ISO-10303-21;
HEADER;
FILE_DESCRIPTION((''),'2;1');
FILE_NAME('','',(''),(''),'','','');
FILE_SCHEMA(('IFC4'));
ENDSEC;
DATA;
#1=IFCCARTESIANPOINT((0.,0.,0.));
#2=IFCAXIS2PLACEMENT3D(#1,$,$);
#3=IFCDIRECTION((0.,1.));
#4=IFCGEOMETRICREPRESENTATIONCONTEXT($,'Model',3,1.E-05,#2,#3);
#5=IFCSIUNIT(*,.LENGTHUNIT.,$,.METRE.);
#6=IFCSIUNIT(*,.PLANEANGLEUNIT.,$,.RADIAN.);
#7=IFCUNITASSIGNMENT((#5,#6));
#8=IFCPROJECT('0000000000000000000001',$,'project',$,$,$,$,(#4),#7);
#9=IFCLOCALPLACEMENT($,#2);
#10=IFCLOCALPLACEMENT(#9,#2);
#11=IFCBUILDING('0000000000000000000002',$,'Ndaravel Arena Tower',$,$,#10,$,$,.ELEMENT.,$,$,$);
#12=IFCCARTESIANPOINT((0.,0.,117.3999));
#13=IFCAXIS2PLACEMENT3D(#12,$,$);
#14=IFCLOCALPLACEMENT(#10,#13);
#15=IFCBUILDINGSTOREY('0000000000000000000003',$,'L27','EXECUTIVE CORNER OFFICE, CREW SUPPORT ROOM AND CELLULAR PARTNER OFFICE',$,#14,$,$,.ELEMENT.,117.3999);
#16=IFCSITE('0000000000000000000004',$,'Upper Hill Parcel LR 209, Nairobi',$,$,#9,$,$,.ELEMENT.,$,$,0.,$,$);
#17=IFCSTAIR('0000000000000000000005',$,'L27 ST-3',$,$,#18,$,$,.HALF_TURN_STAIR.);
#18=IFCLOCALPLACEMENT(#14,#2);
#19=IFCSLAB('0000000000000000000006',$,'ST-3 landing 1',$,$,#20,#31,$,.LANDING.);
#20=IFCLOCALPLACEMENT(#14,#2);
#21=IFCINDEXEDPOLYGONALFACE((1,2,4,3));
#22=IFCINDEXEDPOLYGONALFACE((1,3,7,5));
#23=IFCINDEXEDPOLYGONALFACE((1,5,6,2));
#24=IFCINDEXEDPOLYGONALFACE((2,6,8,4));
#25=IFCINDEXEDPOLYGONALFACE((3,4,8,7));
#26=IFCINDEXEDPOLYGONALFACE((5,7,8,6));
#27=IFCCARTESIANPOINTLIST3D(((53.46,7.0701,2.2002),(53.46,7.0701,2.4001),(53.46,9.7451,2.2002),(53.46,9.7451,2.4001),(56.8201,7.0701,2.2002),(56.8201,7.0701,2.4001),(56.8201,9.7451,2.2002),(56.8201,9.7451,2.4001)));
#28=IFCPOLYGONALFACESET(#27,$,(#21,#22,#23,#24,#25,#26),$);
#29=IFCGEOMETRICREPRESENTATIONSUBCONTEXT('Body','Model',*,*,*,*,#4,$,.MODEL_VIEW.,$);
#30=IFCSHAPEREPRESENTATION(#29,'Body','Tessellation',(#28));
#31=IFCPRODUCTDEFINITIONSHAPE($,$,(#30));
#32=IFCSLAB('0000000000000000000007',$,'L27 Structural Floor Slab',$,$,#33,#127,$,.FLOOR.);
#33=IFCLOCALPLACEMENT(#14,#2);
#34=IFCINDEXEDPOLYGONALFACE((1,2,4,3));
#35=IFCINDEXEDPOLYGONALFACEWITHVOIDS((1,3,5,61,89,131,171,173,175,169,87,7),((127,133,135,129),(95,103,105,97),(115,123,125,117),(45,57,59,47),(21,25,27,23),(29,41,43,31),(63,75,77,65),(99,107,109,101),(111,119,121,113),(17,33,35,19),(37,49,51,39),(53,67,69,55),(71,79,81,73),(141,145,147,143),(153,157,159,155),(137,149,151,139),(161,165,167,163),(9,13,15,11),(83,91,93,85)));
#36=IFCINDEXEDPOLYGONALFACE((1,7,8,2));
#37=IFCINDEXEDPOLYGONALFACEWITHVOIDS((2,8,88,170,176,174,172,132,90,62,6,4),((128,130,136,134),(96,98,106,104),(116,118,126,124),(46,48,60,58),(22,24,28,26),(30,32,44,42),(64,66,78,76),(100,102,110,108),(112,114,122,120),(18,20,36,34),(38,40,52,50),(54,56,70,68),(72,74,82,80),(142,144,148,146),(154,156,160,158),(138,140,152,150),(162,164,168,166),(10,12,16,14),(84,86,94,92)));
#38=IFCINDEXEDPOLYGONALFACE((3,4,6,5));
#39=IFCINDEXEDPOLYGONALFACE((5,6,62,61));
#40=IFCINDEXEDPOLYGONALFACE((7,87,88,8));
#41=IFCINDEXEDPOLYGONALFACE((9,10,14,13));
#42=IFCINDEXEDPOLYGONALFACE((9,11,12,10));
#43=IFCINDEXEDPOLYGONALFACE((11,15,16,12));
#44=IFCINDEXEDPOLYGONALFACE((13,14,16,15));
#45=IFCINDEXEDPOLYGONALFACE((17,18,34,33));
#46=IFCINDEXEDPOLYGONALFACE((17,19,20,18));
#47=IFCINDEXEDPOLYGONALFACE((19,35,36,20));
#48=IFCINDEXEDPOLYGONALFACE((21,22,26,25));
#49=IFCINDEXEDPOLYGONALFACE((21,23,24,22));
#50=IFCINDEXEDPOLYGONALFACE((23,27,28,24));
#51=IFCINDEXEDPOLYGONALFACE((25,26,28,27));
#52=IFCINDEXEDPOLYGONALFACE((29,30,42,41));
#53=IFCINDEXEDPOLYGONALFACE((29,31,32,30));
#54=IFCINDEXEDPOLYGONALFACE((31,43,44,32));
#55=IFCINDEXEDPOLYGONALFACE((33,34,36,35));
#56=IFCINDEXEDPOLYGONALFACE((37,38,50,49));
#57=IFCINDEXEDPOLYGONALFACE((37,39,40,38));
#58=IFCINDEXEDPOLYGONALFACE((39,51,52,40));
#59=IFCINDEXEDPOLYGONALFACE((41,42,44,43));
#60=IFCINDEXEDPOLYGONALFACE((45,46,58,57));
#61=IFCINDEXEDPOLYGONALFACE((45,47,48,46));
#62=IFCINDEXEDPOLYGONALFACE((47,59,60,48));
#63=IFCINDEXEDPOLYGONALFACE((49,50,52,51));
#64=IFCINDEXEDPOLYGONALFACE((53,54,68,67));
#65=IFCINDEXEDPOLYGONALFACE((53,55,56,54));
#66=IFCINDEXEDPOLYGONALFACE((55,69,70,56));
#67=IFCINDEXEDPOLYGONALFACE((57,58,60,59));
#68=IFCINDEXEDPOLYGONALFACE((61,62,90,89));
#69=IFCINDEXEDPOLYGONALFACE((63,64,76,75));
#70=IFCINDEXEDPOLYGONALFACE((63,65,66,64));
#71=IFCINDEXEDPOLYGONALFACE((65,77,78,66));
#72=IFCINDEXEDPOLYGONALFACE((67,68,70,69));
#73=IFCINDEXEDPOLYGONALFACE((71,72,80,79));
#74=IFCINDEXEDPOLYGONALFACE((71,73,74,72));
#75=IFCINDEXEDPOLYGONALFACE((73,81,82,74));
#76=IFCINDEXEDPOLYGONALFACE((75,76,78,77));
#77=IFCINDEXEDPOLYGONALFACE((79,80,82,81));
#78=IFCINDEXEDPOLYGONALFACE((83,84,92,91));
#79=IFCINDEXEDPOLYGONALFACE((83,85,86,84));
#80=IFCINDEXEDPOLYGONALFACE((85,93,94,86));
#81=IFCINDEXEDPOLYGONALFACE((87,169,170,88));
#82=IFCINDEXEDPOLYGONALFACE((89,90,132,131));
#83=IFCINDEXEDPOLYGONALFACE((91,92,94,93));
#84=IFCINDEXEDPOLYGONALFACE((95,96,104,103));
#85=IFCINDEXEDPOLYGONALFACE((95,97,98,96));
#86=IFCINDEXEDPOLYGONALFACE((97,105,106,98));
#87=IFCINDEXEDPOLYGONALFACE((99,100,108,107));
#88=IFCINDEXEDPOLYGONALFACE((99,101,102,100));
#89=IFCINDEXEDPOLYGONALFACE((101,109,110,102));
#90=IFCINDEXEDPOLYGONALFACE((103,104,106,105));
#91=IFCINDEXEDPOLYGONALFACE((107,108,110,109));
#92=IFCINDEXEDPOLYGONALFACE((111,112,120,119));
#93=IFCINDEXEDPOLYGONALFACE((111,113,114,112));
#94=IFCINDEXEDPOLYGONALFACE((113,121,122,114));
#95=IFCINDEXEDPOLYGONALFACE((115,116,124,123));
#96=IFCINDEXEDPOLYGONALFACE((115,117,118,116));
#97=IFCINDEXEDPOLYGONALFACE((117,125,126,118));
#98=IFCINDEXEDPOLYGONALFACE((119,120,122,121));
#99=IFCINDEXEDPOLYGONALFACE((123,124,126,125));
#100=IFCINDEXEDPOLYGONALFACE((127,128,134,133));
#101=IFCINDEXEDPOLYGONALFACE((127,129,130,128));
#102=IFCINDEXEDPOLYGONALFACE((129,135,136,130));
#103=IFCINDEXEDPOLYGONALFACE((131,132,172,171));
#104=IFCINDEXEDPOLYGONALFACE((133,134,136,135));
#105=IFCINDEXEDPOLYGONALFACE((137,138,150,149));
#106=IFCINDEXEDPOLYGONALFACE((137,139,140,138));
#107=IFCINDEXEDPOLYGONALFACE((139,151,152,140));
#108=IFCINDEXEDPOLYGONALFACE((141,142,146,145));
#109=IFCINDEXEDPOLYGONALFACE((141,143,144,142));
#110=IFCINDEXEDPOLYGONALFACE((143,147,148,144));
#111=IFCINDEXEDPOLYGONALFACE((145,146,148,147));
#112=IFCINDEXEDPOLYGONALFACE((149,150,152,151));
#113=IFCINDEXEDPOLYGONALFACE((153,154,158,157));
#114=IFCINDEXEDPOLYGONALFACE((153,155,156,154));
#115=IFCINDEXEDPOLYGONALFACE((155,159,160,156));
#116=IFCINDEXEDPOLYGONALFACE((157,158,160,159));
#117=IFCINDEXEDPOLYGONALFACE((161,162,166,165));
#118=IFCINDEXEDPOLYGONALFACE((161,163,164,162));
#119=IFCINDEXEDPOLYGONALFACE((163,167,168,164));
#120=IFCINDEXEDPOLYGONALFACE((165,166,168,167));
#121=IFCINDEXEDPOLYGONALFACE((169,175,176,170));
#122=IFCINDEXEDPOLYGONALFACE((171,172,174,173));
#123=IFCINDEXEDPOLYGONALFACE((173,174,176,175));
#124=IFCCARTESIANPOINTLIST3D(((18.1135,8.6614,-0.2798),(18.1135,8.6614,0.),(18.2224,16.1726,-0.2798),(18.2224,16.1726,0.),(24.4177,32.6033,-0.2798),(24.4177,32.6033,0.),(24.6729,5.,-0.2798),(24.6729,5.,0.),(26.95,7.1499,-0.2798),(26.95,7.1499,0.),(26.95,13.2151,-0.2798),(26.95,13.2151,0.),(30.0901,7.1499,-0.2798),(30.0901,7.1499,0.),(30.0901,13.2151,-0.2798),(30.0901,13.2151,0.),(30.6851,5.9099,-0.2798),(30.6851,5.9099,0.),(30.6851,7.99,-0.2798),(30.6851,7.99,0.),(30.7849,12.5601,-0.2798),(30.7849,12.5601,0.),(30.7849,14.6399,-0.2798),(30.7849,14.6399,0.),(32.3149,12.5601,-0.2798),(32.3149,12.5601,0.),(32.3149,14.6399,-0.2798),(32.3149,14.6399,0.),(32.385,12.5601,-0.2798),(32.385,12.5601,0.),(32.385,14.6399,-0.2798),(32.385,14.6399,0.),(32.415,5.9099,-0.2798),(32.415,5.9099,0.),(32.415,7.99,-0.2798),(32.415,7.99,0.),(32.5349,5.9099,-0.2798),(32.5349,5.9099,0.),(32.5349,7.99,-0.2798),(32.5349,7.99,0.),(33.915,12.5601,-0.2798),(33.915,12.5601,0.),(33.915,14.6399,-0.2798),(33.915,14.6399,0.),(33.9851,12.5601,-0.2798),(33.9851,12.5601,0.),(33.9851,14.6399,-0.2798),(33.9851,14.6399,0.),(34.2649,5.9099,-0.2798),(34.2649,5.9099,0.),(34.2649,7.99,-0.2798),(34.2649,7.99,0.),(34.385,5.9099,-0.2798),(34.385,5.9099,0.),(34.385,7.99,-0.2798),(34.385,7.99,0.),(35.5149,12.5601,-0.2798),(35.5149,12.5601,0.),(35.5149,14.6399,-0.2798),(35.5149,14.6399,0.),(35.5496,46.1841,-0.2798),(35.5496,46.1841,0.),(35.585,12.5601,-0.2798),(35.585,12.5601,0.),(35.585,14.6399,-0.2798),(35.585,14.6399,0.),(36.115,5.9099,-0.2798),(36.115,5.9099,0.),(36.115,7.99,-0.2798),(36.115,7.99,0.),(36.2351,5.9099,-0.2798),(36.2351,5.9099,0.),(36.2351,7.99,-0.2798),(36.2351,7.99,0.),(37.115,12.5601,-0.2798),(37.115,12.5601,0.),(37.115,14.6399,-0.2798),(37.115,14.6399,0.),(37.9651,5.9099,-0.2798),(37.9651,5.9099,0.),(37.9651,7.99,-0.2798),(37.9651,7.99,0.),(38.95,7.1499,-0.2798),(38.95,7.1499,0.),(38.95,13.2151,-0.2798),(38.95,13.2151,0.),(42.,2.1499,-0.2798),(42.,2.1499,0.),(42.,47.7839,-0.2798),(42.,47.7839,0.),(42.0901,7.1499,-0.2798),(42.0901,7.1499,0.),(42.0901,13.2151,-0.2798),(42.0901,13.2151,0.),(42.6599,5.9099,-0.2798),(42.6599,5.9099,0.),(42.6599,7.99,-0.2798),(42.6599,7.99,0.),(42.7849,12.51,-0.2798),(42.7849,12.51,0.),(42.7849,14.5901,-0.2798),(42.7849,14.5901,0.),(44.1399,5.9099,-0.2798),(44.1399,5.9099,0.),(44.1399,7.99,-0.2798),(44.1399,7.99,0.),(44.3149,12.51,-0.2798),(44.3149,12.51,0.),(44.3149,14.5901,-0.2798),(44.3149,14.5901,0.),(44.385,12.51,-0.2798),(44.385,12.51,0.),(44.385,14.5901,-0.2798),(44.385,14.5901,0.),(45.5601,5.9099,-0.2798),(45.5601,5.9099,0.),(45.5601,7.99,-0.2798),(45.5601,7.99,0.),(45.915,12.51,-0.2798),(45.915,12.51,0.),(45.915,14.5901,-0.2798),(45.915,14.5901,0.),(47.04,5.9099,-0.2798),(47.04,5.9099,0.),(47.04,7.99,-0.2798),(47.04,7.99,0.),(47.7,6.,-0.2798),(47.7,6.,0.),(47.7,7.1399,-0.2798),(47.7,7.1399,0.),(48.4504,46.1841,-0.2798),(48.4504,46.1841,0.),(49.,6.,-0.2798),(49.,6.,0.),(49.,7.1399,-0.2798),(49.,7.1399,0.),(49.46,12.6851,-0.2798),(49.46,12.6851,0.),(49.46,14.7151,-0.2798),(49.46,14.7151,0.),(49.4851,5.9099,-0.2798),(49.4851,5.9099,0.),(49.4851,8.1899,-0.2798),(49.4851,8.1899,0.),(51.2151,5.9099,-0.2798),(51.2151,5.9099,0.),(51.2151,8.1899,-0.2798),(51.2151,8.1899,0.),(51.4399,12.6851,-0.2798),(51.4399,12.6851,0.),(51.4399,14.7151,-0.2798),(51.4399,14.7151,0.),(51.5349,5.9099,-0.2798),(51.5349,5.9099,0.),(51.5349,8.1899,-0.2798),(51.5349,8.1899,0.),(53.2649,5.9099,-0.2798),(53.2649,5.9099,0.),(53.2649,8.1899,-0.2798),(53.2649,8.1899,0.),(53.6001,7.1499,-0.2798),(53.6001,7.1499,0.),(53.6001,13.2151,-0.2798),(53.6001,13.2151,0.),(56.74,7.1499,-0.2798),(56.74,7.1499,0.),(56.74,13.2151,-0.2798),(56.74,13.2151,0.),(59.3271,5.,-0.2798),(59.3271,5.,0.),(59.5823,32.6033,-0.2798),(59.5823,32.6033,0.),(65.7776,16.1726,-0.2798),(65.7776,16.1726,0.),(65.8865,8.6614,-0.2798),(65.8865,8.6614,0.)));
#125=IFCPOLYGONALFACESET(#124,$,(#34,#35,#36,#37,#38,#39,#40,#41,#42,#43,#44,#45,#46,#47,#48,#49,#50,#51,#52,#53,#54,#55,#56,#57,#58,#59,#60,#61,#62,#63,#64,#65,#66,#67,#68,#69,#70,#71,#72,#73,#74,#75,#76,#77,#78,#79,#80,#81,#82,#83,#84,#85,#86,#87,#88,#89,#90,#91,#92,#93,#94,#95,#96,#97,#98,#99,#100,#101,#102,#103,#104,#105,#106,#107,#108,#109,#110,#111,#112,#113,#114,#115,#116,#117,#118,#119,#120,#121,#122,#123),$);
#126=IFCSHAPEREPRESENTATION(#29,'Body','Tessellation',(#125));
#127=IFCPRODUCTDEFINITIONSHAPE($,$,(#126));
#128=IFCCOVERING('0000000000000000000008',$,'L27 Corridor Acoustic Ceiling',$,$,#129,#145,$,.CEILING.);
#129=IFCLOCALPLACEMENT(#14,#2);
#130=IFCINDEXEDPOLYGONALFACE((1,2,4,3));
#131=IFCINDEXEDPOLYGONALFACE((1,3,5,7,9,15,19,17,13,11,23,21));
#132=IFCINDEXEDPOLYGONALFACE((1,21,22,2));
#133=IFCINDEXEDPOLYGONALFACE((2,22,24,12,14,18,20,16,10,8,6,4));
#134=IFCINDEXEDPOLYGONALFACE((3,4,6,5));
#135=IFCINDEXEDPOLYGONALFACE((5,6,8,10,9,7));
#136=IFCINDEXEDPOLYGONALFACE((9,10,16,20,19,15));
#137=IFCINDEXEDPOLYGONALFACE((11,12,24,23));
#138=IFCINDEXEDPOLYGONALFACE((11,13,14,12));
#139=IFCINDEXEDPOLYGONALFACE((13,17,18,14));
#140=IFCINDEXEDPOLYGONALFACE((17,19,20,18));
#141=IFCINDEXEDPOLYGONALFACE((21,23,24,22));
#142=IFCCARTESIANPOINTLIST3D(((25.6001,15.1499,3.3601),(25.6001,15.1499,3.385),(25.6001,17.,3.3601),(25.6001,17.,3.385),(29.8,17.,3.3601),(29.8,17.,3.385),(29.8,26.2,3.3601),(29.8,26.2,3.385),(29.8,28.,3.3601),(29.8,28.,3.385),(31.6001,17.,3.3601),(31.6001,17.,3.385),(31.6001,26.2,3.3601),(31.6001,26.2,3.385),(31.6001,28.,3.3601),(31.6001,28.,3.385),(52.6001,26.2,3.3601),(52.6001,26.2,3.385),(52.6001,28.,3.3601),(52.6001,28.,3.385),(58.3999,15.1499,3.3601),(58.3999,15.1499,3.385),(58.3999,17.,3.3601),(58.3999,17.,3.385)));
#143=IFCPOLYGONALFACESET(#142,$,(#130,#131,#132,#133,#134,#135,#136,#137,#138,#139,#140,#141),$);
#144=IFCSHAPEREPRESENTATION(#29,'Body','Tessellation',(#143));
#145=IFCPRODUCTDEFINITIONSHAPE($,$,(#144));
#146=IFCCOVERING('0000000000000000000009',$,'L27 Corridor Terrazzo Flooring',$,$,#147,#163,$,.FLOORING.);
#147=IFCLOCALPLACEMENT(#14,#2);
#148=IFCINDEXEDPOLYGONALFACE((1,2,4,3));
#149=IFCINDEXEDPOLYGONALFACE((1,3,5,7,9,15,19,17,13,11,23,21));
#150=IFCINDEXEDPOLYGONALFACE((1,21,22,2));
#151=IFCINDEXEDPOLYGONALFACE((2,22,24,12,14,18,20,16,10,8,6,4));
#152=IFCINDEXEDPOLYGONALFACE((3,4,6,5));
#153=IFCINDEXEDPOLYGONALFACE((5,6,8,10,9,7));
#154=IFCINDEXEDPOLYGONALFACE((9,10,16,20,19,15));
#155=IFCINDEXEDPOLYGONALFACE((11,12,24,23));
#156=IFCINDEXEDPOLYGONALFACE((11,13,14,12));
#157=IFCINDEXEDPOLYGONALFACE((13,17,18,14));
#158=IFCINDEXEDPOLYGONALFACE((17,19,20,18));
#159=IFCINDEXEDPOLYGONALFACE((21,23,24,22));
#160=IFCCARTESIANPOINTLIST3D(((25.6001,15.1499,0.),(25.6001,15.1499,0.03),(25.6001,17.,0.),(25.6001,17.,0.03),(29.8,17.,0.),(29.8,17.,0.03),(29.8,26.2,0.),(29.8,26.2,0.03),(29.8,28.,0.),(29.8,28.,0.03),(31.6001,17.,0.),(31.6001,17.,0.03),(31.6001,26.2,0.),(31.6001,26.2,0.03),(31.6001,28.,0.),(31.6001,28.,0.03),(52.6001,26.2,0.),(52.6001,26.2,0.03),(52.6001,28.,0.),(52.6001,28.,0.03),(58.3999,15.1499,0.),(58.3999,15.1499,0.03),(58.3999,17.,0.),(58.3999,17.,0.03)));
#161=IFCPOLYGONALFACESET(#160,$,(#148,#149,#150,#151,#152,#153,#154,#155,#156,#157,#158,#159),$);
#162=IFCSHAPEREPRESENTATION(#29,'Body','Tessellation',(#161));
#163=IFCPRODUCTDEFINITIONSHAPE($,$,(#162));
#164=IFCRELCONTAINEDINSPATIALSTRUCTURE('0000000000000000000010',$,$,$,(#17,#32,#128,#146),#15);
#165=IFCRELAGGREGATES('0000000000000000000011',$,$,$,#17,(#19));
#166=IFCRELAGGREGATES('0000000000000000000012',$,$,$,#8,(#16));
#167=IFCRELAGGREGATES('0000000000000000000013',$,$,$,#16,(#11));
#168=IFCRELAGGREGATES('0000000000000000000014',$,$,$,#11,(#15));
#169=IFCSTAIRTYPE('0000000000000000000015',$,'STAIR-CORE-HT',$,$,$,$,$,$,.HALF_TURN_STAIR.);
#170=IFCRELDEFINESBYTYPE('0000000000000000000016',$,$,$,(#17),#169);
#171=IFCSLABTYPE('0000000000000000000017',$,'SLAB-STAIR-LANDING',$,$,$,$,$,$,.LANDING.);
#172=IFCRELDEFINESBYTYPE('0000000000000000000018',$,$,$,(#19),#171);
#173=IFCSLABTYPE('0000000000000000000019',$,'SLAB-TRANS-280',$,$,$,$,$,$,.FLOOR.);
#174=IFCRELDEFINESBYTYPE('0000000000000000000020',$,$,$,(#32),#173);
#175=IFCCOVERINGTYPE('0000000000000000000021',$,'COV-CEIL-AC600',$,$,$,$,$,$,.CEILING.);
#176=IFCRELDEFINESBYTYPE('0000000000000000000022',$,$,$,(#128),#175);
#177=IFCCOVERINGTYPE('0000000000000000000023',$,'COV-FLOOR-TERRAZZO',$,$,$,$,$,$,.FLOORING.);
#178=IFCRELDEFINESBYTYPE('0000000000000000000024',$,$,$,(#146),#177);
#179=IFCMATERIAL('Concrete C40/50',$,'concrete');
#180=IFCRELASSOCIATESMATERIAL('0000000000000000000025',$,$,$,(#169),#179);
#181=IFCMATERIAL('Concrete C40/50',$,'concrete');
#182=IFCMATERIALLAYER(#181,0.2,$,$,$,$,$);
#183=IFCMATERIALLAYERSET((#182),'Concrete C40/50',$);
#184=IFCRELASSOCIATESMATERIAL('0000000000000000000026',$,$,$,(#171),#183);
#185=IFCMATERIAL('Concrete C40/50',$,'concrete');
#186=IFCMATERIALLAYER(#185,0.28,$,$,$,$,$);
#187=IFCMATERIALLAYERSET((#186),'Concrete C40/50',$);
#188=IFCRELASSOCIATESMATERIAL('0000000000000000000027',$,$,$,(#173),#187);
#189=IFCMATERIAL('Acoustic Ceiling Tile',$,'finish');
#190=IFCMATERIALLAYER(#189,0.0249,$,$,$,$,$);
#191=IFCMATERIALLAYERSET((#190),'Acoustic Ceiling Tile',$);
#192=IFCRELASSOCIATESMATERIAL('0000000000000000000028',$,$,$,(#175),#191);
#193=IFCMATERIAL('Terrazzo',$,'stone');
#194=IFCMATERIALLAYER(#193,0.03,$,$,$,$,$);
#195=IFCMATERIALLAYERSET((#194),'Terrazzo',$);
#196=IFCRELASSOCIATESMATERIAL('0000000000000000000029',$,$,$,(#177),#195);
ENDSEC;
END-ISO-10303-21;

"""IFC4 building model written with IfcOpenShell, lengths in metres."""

from ifc_helpers import new_model, si_unit, direction, frame, origin, place, context, subcontext, project, spatial, polyline, outline, extrude, material, layer, layer_set, type_object, element, aggregate, save


model = new_model("IFC4")

# Units and contexts
model_context = context("Model", 3, precision=1e-05, world=origin(), true_north=direction((0.0, 1.0)))
body_context = subcontext(model_context, "Body", "Model", "MODEL_VIEW")
ifc_project = project(units=[si_unit("LENGTHUNIT", "METRE"), si_unit("PLANEANGLEUNIT", "RADIAN")], contexts=[model_context])

# Site, building, storey
site_placement = place(None, origin())
site = spatial("IfcSite", under=ifc_project, at=site_placement, Name="Upper Hill Parcel LR 209, Nairobi", CompositionType="ELEMENT", RefElevation=0.0)
building_placement = place(site_placement, origin())
building = spatial("IfcBuilding", under=site, at=building_placement, Name="Ndaravel Arena Tower", CompositionType="ELEMENT")
storey_placement = place(building_placement, frame((0.0, 0.0, 117.3999)))
storey = spatial("IfcBuildingStorey", under=building, at=storey_placement, Name="L27", Description="EXECUTIVE CORNER OFFICE, CREW SUPPORT ROOM AND CELLULAR PARTNER OFFICE", CompositionType="ELEMENT", Elevation=117.3999)

# Stair, slab
ifc_material_1 = material(Name="Concrete C40/50", Category="concrete")
stair_type = type_object("IfcStairType", Name="STAIR-CORE-HT", PredefinedType="HALF_TURN_STAIR", material=ifc_material_1)
ifc_material_2 = material(Name="Concrete C40/50", Category="concrete")
ifc_layer_1 = layer(ifc_material_2, 0.2)
ifc_layer_set_1 = layer_set([ifc_layer_1], Name="Concrete C40/50")
slab_type_1 = type_object("IfcSlabType", Name="SLAB-STAIR-LANDING", PredefinedType="LANDING", material=ifc_layer_set_1)
stair_1_placement = place(storey_placement, origin())
stair_1 = element("IfcStair", 1, at=stair_1_placement, inside=storey, type_object=stair_type, Name="L27 ST-3", PredefinedType="HALF_TURN_STAIR")
slab_1_placement = place(storey_placement, frame((0.0, 0.0, 2.2002)))
slab_1 = element("IfcSlab", 2, at=slab_1_placement, type_object=slab_type_1, Name="ST-3 landing 1", PredefinedType="LANDING", context=body_context, shape_type="SweptSolid", body=[
    extrude(outline(polyline([(53.46, 9.7451), (53.46, 7.0701), (56.8201, 7.0701), (56.8201, 9.7451), (53.46, 9.7451)])), origin(), (0.0, 0.0, 1.0), 0.2),
])
aggregate(stair_1, [slab_1])

# Slab
ifc_material_3 = material(Name="Concrete C40/50", Category="concrete")
ifc_layer_2 = layer(ifc_material_3, 0.28)
ifc_layer_set_2 = layer_set([ifc_layer_2], Name="Concrete C40/50")
slab_type_2 = type_object("IfcSlabType", Name="SLAB-TRANS-280", PredefinedType="FLOOR", material=ifc_layer_set_2)
slab_2_placement = place(storey_placement, frame((0.0, 0.0, -0.2798)))
element("IfcSlab", 3, at=slab_2_placement, inside=storey, type_object=slab_type_2, Name="L27 Structural Floor Slab", PredefinedType="FLOOR", context=body_context, shape_type="SweptSolid", body=[
    extrude(outline(polyline([(18.2224, 16.1726), (18.1135, 8.6614), (24.6729, 5.0), (42.0, 2.1499), (59.3271, 5.0), (65.8865, 8.6614), (65.7776, 16.1726), (59.5823, 32.6033), (48.4504, 46.1841), (42.0, 47.7839), (35.5496, 46.1841), (24.4177, 32.6033), (18.2224, 16.1726)]), holes=[polyline([(26.95, 13.2151), (26.95, 7.1499), (30.0901, 7.1499), (30.0901, 13.2151), (26.95, 13.2151)]), polyline([(38.95, 13.2151), (38.95, 7.1499), (42.0901, 7.1499), (42.0901, 13.2151), (38.95, 13.2151)]), polyline([(53.6001, 13.2151), (53.6001, 7.1499), (56.74, 7.1499), (56.74, 13.2151), (53.6001, 13.2151)]), polyline([(30.6851, 5.9099), (32.415, 5.9099), (32.415, 7.99), (30.6851, 7.99), (30.6851, 5.9099)]), polyline([(32.5349, 5.9099), (34.2649, 5.9099), (34.2649, 7.99), (32.5349, 7.99), (32.5349, 5.9099)]), polyline([(34.385, 5.9099), (36.115, 5.9099), (36.115, 7.99), (34.385, 7.99), (34.385, 5.9099)]), polyline([(36.2351, 5.9099), (37.9651, 5.9099), (37.9651, 7.99), (36.2351, 7.99), (36.2351, 5.9099)]), polyline([(30.7849, 12.5601), (32.3149, 12.5601), (32.3149, 14.6399), (30.7849, 14.6399), (30.7849, 12.5601)]), polyline([(32.385, 12.5601), (33.915, 12.5601), (33.915, 14.6399), (32.385, 14.6399), (32.385, 12.5601)]), polyline([(33.9851, 12.5601), (35.5149, 12.5601), (35.5149, 14.6399), (33.9851, 14.6399), (33.9851, 12.5601)]), polyline([(35.585, 12.5601), (37.115, 12.5601), (37.115, 14.6399), (35.585, 14.6399), (35.585, 12.5601)]), polyline([(42.6599, 5.9099), (44.1399, 5.9099), (44.1399, 7.99), (42.6599, 7.99), (42.6599, 5.9099)]), polyline([(45.5601, 5.9099), (47.04, 5.9099), (47.04, 7.99), (45.5601, 7.99), (45.5601, 5.9099)]), polyline([(42.7849, 12.51), (44.3149, 12.51), (44.3149, 14.5901), (42.7849, 14.5901), (42.7849, 12.51)]), polyline([(44.385, 12.51), (45.915, 12.51), (45.915, 14.5901), (44.385, 14.5901), (44.385, 12.51)]), polyline([(49.4851, 5.9099), (51.2151, 5.9099), (51.2151, 8.1899), (49.4851, 8.1899), (49.4851, 5.9099)]), polyline([(51.5349, 5.9099), (53.2649, 5.9099), (53.2649, 8.1899), (51.5349, 8.1899), (51.5349, 5.9099)]), polyline([(49.46, 12.6851), (51.4399, 12.6851), (51.4399, 14.7151), (49.46, 14.7151), (49.46, 12.6851)]), polyline([(47.7, 6.0), (49.0, 6.0), (49.0, 7.1399), (47.7, 7.1399), (47.7, 6.0)])]), origin(), (0.0, 0.0, 1.0), 0.2798),
])

# Coverings
ifc_material_4 = material(Name="Acoustic Ceiling Tile", Category="finish")
ifc_layer_3 = layer(ifc_material_4, 0.0249)
ifc_layer_set_3 = layer_set([ifc_layer_3], Name="Acoustic Ceiling Tile")
covering_type_1 = type_object("IfcCoveringType", Name="COV-CEIL-AC600", PredefinedType="CEILING", material=ifc_layer_set_3)
covering_1_placement = place(storey_placement, frame((0.0, 0.0, 3.3601)))
element("IfcCovering", 4, at=covering_1_placement, inside=storey, type_object=covering_type_1, Name="L27 Corridor Acoustic Ceiling", PredefinedType="CEILING", context=body_context, shape_type="SweptSolid", body=[
    extrude(outline(polyline([(58.3999, 17.0), (31.6001, 17.0), (31.6001, 26.2), (52.6001, 26.2), (52.6001, 28.0), (31.6001, 28.0), (29.8, 28.0), (29.8, 26.2), (29.8, 17.0), (25.6001, 17.0), (25.6001, 15.1499), (58.3999, 15.1499), (58.3999, 17.0)])), origin(), (0.0, 0.0, 1.0), 0.0249),
])
ifc_material_5 = material(Name="Terrazzo", Category="stone")
ifc_layer_4 = layer(ifc_material_5, 0.03)
ifc_layer_set_4 = layer_set([ifc_layer_4], Name="Terrazzo")
covering_type_2 = type_object("IfcCoveringType", Name="COV-FLOOR-TERRAZZO", PredefinedType="FLOORING", material=ifc_layer_set_4)
covering_2_placement = place(storey_placement, origin())
element("IfcCovering", 5, at=covering_2_placement, inside=storey, type_object=covering_type_2, Name="L27 Corridor Terrazzo Flooring", PredefinedType="FLOORING", context=body_context, shape_type="SweptSolid", body=[
    extrude(outline(polyline([(58.3999, 17.0), (31.6001, 17.0), (31.6001, 26.2), (52.6001, 26.2), (52.6001, 28.0), (31.6001, 28.0), (29.8, 28.0), (29.8, 26.2), (29.8, 17.0), (25.6001, 17.0), (25.6001, 15.1499), (58.3999, 15.1499), (58.3999, 17.0)])), origin(), (0.0, 0.0, 1.0), 0.03),
])

save(model, "model.ifc")
